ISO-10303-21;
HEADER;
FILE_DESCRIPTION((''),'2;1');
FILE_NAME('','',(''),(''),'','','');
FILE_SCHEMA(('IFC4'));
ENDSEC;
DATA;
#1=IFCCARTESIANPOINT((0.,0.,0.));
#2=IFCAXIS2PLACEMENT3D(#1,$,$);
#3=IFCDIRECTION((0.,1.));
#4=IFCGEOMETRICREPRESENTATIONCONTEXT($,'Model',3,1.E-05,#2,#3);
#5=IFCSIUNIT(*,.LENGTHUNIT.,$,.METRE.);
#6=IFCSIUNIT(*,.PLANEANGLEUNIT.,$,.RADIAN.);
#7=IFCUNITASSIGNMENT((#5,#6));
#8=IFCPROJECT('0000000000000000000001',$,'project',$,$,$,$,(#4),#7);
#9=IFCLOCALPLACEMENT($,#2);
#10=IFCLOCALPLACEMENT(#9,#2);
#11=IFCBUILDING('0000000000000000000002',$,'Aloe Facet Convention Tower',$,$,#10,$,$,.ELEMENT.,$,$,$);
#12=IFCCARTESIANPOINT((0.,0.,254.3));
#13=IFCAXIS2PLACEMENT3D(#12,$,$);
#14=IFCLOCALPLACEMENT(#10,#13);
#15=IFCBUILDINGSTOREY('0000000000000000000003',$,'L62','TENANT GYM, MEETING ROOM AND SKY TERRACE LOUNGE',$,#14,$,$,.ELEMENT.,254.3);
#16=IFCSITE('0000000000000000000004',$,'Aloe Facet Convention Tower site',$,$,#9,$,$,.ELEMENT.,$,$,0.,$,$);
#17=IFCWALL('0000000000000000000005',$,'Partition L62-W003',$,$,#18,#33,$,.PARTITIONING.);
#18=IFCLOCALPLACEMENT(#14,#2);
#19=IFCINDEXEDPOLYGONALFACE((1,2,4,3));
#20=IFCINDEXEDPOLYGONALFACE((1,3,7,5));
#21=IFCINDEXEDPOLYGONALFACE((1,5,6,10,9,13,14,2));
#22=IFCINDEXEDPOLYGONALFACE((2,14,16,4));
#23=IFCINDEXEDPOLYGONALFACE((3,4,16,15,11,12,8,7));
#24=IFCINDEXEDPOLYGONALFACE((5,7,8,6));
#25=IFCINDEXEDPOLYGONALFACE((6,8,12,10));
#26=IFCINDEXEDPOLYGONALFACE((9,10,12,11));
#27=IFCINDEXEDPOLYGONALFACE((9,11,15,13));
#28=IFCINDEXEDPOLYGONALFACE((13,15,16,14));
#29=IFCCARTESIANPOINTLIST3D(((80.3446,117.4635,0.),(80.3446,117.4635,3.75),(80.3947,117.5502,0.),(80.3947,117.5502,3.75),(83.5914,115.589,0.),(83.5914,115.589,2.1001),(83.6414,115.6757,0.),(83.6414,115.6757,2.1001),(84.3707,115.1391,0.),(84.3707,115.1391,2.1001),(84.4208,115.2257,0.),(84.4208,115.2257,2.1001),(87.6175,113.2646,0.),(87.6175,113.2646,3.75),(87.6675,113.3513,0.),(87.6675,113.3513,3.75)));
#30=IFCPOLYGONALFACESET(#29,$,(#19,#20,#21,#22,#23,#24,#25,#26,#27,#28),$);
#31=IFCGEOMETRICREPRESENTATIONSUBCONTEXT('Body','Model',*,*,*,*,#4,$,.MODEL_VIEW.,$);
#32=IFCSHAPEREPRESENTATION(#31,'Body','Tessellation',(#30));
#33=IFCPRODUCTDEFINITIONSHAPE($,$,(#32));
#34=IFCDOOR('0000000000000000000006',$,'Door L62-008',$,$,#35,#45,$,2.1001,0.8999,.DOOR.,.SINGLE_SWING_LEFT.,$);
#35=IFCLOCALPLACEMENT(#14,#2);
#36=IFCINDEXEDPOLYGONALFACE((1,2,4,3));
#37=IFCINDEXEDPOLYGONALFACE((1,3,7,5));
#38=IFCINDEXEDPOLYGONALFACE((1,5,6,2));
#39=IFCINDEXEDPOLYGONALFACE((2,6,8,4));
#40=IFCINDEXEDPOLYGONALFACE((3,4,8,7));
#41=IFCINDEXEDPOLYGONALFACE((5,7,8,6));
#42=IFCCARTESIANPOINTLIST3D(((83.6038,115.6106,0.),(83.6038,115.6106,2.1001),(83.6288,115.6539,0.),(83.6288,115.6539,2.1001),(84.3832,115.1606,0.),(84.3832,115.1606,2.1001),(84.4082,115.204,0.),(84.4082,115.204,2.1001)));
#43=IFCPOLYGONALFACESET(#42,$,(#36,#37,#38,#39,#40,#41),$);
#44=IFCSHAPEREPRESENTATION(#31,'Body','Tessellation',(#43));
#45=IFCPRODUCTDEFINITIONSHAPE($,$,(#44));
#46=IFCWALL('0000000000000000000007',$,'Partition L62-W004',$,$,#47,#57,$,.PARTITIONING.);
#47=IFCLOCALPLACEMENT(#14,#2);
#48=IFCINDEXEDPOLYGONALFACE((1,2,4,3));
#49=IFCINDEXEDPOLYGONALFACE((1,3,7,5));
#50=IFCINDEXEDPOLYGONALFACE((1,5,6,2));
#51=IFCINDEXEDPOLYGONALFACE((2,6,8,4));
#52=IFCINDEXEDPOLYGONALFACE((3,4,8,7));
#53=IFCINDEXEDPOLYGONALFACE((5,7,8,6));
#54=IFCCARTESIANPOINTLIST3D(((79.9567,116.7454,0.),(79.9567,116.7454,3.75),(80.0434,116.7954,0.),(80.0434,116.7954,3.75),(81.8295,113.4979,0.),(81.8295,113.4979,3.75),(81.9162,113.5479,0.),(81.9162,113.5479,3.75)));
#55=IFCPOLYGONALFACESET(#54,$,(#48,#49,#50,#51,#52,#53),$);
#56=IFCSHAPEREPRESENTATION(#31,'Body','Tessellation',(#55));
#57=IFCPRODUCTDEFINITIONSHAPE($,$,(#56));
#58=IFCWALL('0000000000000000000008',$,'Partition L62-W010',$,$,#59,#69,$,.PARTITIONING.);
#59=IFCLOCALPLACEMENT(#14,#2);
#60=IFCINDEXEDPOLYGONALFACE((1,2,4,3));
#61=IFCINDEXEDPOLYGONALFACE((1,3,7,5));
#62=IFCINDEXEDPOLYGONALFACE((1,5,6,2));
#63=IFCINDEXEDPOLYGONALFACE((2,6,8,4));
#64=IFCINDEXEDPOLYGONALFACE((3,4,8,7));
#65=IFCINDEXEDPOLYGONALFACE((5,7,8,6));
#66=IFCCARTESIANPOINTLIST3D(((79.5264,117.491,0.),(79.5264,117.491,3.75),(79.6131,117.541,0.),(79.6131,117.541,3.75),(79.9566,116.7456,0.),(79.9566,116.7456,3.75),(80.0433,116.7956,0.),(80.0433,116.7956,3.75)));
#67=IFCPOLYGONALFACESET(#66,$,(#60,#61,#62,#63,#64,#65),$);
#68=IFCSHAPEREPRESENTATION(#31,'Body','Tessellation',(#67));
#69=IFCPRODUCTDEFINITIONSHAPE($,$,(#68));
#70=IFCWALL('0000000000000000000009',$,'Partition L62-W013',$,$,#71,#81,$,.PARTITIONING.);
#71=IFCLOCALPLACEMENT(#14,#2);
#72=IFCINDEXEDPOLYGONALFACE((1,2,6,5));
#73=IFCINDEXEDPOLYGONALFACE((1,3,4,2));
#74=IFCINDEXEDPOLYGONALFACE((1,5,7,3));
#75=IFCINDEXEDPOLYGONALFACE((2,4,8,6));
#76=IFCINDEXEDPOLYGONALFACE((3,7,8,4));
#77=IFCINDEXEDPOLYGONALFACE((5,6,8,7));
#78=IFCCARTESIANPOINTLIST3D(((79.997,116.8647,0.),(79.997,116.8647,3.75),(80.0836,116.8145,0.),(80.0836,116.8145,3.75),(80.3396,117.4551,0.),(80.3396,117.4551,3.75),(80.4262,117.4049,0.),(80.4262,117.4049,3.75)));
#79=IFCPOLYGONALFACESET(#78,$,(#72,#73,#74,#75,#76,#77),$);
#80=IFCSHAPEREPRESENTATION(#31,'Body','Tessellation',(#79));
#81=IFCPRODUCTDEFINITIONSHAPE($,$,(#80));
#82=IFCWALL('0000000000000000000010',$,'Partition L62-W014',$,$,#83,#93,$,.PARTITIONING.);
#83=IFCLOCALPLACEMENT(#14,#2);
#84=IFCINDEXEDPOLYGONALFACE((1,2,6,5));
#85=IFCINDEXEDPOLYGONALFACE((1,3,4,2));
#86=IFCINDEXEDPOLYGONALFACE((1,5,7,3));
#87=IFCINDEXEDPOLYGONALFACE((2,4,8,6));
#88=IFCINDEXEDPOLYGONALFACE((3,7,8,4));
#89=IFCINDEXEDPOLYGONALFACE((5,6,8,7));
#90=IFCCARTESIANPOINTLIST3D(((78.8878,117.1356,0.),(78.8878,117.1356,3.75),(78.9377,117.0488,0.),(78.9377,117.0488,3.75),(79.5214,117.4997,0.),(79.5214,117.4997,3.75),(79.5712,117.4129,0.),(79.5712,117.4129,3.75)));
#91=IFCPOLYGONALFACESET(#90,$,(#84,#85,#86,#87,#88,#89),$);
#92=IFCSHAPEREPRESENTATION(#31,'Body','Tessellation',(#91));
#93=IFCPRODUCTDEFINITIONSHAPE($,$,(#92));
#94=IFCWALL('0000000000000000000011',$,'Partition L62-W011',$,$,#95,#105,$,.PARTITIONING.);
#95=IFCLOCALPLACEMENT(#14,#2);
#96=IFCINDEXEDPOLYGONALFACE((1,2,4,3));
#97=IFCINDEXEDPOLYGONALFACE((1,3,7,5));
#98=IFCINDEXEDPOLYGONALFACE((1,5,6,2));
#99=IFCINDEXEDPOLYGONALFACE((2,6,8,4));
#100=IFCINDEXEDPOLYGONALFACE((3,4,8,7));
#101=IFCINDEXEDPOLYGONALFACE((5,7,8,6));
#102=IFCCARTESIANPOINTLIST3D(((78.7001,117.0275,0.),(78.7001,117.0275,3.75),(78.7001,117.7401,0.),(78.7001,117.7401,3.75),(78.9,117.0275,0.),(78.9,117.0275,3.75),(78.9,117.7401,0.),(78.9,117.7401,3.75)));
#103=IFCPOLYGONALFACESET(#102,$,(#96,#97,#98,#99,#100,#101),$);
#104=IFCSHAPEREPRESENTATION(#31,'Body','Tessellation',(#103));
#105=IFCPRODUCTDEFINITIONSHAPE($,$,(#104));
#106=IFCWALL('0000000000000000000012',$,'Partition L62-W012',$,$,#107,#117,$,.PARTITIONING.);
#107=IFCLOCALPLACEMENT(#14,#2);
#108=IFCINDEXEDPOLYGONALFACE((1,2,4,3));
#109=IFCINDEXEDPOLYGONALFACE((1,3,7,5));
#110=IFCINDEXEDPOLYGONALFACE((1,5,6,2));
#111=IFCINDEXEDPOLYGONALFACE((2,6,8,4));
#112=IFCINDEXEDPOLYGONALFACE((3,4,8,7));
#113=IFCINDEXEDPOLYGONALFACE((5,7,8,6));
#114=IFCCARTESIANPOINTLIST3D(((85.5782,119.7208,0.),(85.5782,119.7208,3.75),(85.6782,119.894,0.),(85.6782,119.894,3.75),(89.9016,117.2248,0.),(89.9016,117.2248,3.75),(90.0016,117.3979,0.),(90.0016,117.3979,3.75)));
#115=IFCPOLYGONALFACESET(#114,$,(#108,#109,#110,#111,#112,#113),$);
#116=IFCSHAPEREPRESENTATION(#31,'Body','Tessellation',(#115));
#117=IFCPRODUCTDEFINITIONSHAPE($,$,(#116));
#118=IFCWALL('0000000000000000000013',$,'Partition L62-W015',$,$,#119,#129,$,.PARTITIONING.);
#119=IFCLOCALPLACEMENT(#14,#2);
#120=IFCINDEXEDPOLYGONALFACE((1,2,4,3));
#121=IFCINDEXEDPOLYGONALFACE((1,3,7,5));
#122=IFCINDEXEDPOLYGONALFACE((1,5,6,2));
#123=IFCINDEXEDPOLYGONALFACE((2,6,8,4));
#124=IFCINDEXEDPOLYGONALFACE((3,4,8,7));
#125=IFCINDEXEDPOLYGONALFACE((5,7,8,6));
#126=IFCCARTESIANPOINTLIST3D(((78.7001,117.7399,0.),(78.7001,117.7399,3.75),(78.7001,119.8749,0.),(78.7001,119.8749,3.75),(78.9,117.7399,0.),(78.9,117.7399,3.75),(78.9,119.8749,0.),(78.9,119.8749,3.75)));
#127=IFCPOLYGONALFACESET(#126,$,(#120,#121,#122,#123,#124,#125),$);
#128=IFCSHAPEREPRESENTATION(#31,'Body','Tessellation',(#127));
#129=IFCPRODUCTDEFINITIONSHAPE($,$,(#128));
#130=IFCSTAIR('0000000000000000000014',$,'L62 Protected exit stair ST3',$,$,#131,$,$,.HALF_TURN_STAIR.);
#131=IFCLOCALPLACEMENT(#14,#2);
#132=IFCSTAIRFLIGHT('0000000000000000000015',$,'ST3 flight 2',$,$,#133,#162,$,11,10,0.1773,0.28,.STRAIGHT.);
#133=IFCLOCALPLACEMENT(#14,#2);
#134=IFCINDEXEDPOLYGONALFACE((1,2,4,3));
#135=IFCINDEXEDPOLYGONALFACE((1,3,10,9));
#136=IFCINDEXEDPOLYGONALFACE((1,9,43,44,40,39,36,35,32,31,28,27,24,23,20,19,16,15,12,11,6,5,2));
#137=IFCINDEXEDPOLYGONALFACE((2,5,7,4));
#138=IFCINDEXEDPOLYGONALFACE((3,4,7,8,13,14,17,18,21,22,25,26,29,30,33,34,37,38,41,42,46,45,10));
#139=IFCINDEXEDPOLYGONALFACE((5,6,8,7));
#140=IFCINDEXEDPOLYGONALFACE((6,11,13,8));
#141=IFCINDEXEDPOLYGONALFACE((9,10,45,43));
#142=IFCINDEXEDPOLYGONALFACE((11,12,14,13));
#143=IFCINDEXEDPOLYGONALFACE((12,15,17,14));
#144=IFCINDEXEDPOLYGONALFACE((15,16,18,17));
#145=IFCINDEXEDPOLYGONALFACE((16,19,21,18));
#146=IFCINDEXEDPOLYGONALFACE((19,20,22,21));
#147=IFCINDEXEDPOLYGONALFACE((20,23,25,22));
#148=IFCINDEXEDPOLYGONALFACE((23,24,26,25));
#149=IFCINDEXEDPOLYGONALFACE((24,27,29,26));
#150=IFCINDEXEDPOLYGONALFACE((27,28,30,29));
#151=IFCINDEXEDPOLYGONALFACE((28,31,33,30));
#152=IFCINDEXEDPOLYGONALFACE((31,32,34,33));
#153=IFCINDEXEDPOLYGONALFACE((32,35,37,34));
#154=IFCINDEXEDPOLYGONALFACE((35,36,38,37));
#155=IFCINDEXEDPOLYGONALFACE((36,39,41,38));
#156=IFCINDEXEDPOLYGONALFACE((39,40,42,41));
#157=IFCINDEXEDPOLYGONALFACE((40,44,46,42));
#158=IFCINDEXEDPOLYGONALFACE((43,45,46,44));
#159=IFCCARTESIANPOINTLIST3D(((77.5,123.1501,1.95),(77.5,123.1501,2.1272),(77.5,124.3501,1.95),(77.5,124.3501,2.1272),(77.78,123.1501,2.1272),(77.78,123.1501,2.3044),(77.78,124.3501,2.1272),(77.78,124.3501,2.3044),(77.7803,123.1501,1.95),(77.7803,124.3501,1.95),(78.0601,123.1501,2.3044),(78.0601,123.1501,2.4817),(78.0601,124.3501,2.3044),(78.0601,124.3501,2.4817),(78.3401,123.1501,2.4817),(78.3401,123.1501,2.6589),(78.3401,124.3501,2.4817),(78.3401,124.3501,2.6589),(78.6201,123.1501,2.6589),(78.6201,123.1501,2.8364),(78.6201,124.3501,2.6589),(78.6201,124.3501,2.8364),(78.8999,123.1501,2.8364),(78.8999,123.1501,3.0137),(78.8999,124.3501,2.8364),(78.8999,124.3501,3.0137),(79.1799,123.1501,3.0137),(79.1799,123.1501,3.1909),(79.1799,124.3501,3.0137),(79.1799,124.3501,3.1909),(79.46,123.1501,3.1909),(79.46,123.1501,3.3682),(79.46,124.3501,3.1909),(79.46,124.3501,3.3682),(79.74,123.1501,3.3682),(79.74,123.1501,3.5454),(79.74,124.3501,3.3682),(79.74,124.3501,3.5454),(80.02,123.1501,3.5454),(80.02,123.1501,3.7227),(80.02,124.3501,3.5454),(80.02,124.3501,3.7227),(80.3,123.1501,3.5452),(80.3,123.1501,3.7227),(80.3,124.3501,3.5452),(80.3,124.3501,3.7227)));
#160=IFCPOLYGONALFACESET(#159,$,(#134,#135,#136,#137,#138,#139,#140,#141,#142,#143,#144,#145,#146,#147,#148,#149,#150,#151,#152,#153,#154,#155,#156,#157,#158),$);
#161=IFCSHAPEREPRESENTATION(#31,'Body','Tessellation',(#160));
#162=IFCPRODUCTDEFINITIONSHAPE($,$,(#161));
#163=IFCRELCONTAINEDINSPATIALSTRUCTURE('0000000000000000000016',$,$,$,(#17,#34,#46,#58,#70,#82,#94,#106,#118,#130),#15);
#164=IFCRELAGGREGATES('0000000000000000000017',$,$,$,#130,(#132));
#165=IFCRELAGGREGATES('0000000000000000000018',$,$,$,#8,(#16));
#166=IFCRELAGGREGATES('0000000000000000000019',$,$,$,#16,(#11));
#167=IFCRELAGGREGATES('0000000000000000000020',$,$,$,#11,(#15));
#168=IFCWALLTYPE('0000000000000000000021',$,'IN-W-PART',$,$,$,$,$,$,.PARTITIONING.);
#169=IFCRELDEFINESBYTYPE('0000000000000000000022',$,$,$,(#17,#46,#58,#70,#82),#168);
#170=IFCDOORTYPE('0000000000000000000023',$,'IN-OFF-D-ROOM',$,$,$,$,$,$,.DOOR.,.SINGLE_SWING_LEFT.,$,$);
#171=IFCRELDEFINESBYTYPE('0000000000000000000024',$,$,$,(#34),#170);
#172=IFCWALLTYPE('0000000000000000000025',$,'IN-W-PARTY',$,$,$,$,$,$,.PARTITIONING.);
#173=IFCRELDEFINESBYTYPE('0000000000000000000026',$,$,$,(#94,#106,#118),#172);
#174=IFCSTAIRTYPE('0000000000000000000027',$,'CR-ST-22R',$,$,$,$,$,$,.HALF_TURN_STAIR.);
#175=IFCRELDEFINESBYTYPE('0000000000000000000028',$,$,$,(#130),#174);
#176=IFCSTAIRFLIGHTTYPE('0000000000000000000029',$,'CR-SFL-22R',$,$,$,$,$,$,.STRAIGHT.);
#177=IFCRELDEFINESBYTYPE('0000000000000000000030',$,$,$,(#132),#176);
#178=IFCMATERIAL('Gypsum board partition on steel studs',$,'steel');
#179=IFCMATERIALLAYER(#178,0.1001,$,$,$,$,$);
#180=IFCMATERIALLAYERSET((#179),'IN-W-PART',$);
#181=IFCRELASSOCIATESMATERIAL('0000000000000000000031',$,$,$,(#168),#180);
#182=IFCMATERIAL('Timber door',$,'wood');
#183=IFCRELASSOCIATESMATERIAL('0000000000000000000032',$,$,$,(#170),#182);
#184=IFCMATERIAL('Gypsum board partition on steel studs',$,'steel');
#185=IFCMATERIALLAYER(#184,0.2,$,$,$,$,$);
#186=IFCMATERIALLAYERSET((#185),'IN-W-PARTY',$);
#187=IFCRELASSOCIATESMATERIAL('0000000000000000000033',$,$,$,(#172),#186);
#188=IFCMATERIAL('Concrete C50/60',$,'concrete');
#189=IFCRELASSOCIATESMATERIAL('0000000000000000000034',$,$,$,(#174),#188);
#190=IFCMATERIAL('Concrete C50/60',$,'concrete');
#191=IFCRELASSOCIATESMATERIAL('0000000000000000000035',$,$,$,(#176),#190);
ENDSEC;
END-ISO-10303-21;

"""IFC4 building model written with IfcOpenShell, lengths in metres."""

from ifc_helpers import new_model, si_unit, direction, frame, frame_2d, origin, place, context, subcontext, project, spatial, polyline, rectangle, outline, extrude, material, layer, layer_set, type_object, element, fill, aggregate, save


model = new_model("IFC4")

# Units and contexts
model_context = context("Model", 3, precision=1e-05, world=origin(), true_north=direction((0.0, 1.0)))
body_context = subcontext(model_context, "Body", "Model", "MODEL_VIEW")
ifc_project = project(units=[si_unit("LENGTHUNIT", "METRE"), si_unit("PLANEANGLEUNIT", "RADIAN")], contexts=[model_context])

# Site, building, storey
site_placement = place(None, origin())
site = spatial("IfcSite", under=ifc_project, at=site_placement, Name="Aloe Facet Convention Tower site", CompositionType="ELEMENT", RefElevation=0.0)
building_placement = place(site_placement, origin())
building = spatial("IfcBuilding", under=site, at=building_placement, Name="Aloe Facet Convention Tower", CompositionType="ELEMENT")
storey_placement = place(building_placement, frame((0.0, 0.0, 254.3)))
storey = spatial("IfcBuildingStorey", under=building, at=storey_placement, Name="L62", Description="TENANT GYM, MEETING ROOM AND SKY TERRACE LOUNGE", CompositionType="ELEMENT", Elevation=254.3)

# Wall, opening, door
ifc_material_1 = material(Name="Gypsum board partition on steel studs", Category="steel")
ifc_layer_1 = layer(ifc_material_1, 0.1001)
ifc_layer_set_1 = layer_set([ifc_layer_1], Name="IN-W-PART")
wall_type_1 = type_object("IfcWallType", Name="IN-W-PART", PredefinedType="PARTITIONING", material=ifc_layer_set_1)
wall_1_placement = place(storey_placement, frame((80.3696, 117.5068, 0.0), z_axis=(0.0, 0.0, 1.0), x_axis=(0.866029, -0.499994, 0.0)))
wall_1 = element("IfcWall", 1, at=wall_1_placement, inside=storey, type_object=wall_type_1, Name="Partition L62-W003", PredefinedType="PARTITIONING", context=body_context, shape_type="SweptSolid", body=[
    extrude(rectangle(XDim=8.3979, YDim=0.1001, at=frame_2d((4.199, 0.0))), origin(), (0.0, 0.0, 1.0), 3.75),
])
opening_1_placement = place(wall_1_placement, frame((3.749, 0.0, 0.0)))
opening_1 = element("IfcOpeningElement", 2, at=opening_1_placement, cuts=wall_1, PredefinedType="OPENING", context=body_context, shape_type="SweptSolid", body=[
    extrude(rectangle(XDim=0.8999, YDim=2.1001, at=frame_2d((0.45, 1.05))), frame((0.0, 0.0601, 0.0), z_axis=(0.0, -1.0, 0.0), x_axis=(1.0, 0.0, 0.0)), (0.0, 0.0, 1.0), 0.1201),
])
ifc_material_2 = material(Name="Timber door", Category="wood")
door_type_1 = type_object("IfcDoorType", Name="IN-OFF-D-ROOM", OperationType="SINGLE_SWING_LEFT", PredefinedType="DOOR", material=ifc_material_2)
door_1_placement = place(opening_1_placement, origin())
door_1 = element("IfcDoor", 3, at=door_1_placement, inside=storey, type_object=door_type_1, Name="Door L62-008", OperationType="SINGLE_SWING_LEFT", OverallHeight=2.1001, OverallWidth=0.8999, PredefinedType="DOOR", context=body_context, shape_type="SweptSolid", body=[
    extrude(rectangle(XDim=0.8999, YDim=2.1001, at=frame_2d((0.45, 1.05))), frame((0.0, 0.0249, 0.0), z_axis=(0.0, -1.0, 0.0), x_axis=(1.0, 0.0, 0.0)), (0.0, 0.0, 1.0), 0.05),
])
fill(opening_1, door_1)

# Walls
wall_2_placement = place(storey_placement, frame((80.0, 116.7705, 0.0), z_axis=(0.0, 0.0, 1.0), x_axis=(0.499565, -0.866277, 0.0)))
element("IfcWall", 4, at=wall_2_placement, inside=storey, type_object=wall_type_1, Name="Partition L62-W004", PredefinedType="PARTITIONING", context=body_context, shape_type="SweptSolid", body=[
    extrude(rectangle(XDim=3.7488, YDim=0.1001, at=frame_2d((1.8745, 0.0))), origin(), (0.0, 0.0, 1.0), 3.75),
])
wall_3_placement = place(storey_placement, frame((79.5698, 117.5159, 0.0), z_axis=(0.0, 0.0, 1.0), x_axis=(0.499862, -0.866105, 0.0)))
element("IfcWall", 5, at=wall_3_placement, inside=storey, type_object=wall_type_1, Name="Partition L62-W010", PredefinedType="PARTITIONING", context=body_context, shape_type="SweptSolid", body=[
    extrude(rectangle(XDim=0.8606, YDim=0.1001, at=frame_2d((0.4302, 0.0))), origin(), (0.0, 0.0, 1.0), 3.75),
])
wall_4_placement = place(storey_placement, frame((80.0403, 116.8396, 0.0), z_axis=(0.0, 0.0, 1.0), x_axis=(0.501868, 0.864944, 0.0)))
element("IfcWall", 6, at=wall_4_placement, inside=storey, type_object=wall_type_1, Name="Partition L62-W013", PredefinedType="PARTITIONING", context=body_context, shape_type="SweptSolid", body=[
    extrude(rectangle(XDim=0.6826, YDim=0.1001, at=frame_2d((0.3413, 0.0))), origin(), (0.0, 0.0, 1.0), 3.75),
])
wall_5_placement = place(storey_placement, frame((78.9128, 117.0923, 0.0), z_axis=(0.0, 0.0, 1.0), x_axis=(0.867069, 0.498189, 0.0)))
element("IfcWall", 7, at=wall_5_placement, inside=storey, type_object=wall_type_1, Name="Partition L62-W014", PredefinedType="PARTITIONING", context=body_context, shape_type="SweptSolid", body=[
    extrude(rectangle(XDim=0.7307, YDim=0.1001, at=frame_2d((0.3652, 0.0))), origin(), (0.0, 0.0, 1.0), 3.75),
])
ifc_material_3 = material(Name="Gypsum board partition on steel studs", Category="steel")
ifc_layer_2 = layer(ifc_material_3, 0.2)
ifc_layer_set_2 = layer_set([ifc_layer_2], Name="IN-W-PARTY")
wall_type_2 = type_object("IfcWallType", Name="IN-W-PARTY", PredefinedType="PARTITIONING", material=ifc_layer_set_2)
wall_6_placement = place(storey_placement, frame((78.8, 117.0273, 0.0), z_axis=(0.0, 0.0, 1.0), x_axis=(0.0, 1.0, 0.0)))
element("IfcWall", 8, at=wall_6_placement, inside=storey, type_object=wall_type_2, Name="Partition L62-W011", PredefinedType="PARTITIONING", context=body_context, shape_type="SweptSolid", body=[
    extrude(rectangle(XDim=0.7126, YDim=0.2, at=frame_2d((0.3564, 0.0))), origin(), (0.0, 0.0, 1.0), 3.75),
])
wall_7_placement = place(storey_placement, frame((85.6282, 119.8074, 0.0), z_axis=(0.0, 0.0, 1.0), x_axis=(0.866032, -0.499989, 0.0)))
element("IfcWall", 9, at=wall_7_placement, inside=storey, type_object=wall_type_2, Name="Partition L62-W012", PredefinedType="PARTITIONING", context=body_context, shape_type="SweptSolid", body=[
    extrude(rectangle(XDim=4.9922, YDim=0.2, at=frame_2d((2.4961, 0.0))), origin(), (0.0, 0.0, 1.0), 3.75),
])
wall_8_placement = place(storey_placement, frame((78.8, 117.74, 0.0), z_axis=(0.0, 0.0, 1.0), x_axis=(0.0, 1.0, 0.0)))
element("IfcWall", 10, at=wall_8_placement, inside=storey, type_object=wall_type_2, Name="Partition L62-W015", PredefinedType="PARTITIONING", context=body_context, shape_type="SweptSolid", body=[
    extrude(rectangle(XDim=2.135, YDim=0.2, at=frame_2d((1.0674, 0.0))), origin(), (0.0, 0.0, 1.0), 3.75),
])

# Stair, stair flight
ifc_material_4 = material(Name="Concrete C50/60", Category="concrete")
stair_type = type_object("IfcStairType", Name="CR-ST-22R", PredefinedType="HALF_TURN_STAIR", material=ifc_material_4)
stair_placement = place(storey_placement, origin())
stair = element("IfcStair", 11, at=stair_placement, inside=storey, type_object=stair_type, Name="L62 Protected exit stair ST3", PredefinedType="HALF_TURN_STAIR")
ifc_material_5 = material(Name="Concrete C50/60", Category="concrete")
stair_flight_type = type_object("IfcStairFlightType", Name="CR-SFL-22R", PredefinedType="STRAIGHT", material=ifc_material_5)
stair_flight_placement = place(storey_placement, frame((77.5, 123.75, 1.95), z_axis=(0.0, 0.0, 1.0), x_axis=(1.0, 0.0, 0.0)))
stair_flight = element("IfcStairFlight", 12, at=stair_flight_placement, type_object=stair_flight_type, Name="ST3 flight 2", NumberOfRisers=11, NumberOfTreads=10, PredefinedType="STRAIGHT", RiserHeight=0.1773, TreadLength=0.28, context=body_context, shape_type="SweptSolid", body=[
    extrude(outline(polyline([(0.0, 0.0), (0.0, 0.1772), (0.28, 0.1772), (0.28, 0.3545), (0.5601, 0.3545), (0.5601, 0.5317), (0.8401, 0.5317), (0.8401, 0.709), (1.1201, 0.709), (1.1201, 0.8865), (1.3999, 0.8865), (1.3999, 1.0637), (1.6799, 1.0637), (1.6799, 1.241), (1.96, 1.241), (1.96, 1.4182), (2.24, 1.4182), (2.24, 1.5955), (2.52, 1.5955), (2.52, 1.7727), (2.8, 1.7727), (2.8, 1.95), (2.8, 1.5952), (0.2803, 0.0), (0.0, 0.0)])), frame((0.0, 0.6001, 0.0), z_axis=(0.0, -1.0, 0.0), x_axis=(1.0, 0.0, 0.0)), (0.0, 0.0, 1.0), 1.2),
])
aggregate(stair, [stair_flight])

save(model, "model.ifc")
